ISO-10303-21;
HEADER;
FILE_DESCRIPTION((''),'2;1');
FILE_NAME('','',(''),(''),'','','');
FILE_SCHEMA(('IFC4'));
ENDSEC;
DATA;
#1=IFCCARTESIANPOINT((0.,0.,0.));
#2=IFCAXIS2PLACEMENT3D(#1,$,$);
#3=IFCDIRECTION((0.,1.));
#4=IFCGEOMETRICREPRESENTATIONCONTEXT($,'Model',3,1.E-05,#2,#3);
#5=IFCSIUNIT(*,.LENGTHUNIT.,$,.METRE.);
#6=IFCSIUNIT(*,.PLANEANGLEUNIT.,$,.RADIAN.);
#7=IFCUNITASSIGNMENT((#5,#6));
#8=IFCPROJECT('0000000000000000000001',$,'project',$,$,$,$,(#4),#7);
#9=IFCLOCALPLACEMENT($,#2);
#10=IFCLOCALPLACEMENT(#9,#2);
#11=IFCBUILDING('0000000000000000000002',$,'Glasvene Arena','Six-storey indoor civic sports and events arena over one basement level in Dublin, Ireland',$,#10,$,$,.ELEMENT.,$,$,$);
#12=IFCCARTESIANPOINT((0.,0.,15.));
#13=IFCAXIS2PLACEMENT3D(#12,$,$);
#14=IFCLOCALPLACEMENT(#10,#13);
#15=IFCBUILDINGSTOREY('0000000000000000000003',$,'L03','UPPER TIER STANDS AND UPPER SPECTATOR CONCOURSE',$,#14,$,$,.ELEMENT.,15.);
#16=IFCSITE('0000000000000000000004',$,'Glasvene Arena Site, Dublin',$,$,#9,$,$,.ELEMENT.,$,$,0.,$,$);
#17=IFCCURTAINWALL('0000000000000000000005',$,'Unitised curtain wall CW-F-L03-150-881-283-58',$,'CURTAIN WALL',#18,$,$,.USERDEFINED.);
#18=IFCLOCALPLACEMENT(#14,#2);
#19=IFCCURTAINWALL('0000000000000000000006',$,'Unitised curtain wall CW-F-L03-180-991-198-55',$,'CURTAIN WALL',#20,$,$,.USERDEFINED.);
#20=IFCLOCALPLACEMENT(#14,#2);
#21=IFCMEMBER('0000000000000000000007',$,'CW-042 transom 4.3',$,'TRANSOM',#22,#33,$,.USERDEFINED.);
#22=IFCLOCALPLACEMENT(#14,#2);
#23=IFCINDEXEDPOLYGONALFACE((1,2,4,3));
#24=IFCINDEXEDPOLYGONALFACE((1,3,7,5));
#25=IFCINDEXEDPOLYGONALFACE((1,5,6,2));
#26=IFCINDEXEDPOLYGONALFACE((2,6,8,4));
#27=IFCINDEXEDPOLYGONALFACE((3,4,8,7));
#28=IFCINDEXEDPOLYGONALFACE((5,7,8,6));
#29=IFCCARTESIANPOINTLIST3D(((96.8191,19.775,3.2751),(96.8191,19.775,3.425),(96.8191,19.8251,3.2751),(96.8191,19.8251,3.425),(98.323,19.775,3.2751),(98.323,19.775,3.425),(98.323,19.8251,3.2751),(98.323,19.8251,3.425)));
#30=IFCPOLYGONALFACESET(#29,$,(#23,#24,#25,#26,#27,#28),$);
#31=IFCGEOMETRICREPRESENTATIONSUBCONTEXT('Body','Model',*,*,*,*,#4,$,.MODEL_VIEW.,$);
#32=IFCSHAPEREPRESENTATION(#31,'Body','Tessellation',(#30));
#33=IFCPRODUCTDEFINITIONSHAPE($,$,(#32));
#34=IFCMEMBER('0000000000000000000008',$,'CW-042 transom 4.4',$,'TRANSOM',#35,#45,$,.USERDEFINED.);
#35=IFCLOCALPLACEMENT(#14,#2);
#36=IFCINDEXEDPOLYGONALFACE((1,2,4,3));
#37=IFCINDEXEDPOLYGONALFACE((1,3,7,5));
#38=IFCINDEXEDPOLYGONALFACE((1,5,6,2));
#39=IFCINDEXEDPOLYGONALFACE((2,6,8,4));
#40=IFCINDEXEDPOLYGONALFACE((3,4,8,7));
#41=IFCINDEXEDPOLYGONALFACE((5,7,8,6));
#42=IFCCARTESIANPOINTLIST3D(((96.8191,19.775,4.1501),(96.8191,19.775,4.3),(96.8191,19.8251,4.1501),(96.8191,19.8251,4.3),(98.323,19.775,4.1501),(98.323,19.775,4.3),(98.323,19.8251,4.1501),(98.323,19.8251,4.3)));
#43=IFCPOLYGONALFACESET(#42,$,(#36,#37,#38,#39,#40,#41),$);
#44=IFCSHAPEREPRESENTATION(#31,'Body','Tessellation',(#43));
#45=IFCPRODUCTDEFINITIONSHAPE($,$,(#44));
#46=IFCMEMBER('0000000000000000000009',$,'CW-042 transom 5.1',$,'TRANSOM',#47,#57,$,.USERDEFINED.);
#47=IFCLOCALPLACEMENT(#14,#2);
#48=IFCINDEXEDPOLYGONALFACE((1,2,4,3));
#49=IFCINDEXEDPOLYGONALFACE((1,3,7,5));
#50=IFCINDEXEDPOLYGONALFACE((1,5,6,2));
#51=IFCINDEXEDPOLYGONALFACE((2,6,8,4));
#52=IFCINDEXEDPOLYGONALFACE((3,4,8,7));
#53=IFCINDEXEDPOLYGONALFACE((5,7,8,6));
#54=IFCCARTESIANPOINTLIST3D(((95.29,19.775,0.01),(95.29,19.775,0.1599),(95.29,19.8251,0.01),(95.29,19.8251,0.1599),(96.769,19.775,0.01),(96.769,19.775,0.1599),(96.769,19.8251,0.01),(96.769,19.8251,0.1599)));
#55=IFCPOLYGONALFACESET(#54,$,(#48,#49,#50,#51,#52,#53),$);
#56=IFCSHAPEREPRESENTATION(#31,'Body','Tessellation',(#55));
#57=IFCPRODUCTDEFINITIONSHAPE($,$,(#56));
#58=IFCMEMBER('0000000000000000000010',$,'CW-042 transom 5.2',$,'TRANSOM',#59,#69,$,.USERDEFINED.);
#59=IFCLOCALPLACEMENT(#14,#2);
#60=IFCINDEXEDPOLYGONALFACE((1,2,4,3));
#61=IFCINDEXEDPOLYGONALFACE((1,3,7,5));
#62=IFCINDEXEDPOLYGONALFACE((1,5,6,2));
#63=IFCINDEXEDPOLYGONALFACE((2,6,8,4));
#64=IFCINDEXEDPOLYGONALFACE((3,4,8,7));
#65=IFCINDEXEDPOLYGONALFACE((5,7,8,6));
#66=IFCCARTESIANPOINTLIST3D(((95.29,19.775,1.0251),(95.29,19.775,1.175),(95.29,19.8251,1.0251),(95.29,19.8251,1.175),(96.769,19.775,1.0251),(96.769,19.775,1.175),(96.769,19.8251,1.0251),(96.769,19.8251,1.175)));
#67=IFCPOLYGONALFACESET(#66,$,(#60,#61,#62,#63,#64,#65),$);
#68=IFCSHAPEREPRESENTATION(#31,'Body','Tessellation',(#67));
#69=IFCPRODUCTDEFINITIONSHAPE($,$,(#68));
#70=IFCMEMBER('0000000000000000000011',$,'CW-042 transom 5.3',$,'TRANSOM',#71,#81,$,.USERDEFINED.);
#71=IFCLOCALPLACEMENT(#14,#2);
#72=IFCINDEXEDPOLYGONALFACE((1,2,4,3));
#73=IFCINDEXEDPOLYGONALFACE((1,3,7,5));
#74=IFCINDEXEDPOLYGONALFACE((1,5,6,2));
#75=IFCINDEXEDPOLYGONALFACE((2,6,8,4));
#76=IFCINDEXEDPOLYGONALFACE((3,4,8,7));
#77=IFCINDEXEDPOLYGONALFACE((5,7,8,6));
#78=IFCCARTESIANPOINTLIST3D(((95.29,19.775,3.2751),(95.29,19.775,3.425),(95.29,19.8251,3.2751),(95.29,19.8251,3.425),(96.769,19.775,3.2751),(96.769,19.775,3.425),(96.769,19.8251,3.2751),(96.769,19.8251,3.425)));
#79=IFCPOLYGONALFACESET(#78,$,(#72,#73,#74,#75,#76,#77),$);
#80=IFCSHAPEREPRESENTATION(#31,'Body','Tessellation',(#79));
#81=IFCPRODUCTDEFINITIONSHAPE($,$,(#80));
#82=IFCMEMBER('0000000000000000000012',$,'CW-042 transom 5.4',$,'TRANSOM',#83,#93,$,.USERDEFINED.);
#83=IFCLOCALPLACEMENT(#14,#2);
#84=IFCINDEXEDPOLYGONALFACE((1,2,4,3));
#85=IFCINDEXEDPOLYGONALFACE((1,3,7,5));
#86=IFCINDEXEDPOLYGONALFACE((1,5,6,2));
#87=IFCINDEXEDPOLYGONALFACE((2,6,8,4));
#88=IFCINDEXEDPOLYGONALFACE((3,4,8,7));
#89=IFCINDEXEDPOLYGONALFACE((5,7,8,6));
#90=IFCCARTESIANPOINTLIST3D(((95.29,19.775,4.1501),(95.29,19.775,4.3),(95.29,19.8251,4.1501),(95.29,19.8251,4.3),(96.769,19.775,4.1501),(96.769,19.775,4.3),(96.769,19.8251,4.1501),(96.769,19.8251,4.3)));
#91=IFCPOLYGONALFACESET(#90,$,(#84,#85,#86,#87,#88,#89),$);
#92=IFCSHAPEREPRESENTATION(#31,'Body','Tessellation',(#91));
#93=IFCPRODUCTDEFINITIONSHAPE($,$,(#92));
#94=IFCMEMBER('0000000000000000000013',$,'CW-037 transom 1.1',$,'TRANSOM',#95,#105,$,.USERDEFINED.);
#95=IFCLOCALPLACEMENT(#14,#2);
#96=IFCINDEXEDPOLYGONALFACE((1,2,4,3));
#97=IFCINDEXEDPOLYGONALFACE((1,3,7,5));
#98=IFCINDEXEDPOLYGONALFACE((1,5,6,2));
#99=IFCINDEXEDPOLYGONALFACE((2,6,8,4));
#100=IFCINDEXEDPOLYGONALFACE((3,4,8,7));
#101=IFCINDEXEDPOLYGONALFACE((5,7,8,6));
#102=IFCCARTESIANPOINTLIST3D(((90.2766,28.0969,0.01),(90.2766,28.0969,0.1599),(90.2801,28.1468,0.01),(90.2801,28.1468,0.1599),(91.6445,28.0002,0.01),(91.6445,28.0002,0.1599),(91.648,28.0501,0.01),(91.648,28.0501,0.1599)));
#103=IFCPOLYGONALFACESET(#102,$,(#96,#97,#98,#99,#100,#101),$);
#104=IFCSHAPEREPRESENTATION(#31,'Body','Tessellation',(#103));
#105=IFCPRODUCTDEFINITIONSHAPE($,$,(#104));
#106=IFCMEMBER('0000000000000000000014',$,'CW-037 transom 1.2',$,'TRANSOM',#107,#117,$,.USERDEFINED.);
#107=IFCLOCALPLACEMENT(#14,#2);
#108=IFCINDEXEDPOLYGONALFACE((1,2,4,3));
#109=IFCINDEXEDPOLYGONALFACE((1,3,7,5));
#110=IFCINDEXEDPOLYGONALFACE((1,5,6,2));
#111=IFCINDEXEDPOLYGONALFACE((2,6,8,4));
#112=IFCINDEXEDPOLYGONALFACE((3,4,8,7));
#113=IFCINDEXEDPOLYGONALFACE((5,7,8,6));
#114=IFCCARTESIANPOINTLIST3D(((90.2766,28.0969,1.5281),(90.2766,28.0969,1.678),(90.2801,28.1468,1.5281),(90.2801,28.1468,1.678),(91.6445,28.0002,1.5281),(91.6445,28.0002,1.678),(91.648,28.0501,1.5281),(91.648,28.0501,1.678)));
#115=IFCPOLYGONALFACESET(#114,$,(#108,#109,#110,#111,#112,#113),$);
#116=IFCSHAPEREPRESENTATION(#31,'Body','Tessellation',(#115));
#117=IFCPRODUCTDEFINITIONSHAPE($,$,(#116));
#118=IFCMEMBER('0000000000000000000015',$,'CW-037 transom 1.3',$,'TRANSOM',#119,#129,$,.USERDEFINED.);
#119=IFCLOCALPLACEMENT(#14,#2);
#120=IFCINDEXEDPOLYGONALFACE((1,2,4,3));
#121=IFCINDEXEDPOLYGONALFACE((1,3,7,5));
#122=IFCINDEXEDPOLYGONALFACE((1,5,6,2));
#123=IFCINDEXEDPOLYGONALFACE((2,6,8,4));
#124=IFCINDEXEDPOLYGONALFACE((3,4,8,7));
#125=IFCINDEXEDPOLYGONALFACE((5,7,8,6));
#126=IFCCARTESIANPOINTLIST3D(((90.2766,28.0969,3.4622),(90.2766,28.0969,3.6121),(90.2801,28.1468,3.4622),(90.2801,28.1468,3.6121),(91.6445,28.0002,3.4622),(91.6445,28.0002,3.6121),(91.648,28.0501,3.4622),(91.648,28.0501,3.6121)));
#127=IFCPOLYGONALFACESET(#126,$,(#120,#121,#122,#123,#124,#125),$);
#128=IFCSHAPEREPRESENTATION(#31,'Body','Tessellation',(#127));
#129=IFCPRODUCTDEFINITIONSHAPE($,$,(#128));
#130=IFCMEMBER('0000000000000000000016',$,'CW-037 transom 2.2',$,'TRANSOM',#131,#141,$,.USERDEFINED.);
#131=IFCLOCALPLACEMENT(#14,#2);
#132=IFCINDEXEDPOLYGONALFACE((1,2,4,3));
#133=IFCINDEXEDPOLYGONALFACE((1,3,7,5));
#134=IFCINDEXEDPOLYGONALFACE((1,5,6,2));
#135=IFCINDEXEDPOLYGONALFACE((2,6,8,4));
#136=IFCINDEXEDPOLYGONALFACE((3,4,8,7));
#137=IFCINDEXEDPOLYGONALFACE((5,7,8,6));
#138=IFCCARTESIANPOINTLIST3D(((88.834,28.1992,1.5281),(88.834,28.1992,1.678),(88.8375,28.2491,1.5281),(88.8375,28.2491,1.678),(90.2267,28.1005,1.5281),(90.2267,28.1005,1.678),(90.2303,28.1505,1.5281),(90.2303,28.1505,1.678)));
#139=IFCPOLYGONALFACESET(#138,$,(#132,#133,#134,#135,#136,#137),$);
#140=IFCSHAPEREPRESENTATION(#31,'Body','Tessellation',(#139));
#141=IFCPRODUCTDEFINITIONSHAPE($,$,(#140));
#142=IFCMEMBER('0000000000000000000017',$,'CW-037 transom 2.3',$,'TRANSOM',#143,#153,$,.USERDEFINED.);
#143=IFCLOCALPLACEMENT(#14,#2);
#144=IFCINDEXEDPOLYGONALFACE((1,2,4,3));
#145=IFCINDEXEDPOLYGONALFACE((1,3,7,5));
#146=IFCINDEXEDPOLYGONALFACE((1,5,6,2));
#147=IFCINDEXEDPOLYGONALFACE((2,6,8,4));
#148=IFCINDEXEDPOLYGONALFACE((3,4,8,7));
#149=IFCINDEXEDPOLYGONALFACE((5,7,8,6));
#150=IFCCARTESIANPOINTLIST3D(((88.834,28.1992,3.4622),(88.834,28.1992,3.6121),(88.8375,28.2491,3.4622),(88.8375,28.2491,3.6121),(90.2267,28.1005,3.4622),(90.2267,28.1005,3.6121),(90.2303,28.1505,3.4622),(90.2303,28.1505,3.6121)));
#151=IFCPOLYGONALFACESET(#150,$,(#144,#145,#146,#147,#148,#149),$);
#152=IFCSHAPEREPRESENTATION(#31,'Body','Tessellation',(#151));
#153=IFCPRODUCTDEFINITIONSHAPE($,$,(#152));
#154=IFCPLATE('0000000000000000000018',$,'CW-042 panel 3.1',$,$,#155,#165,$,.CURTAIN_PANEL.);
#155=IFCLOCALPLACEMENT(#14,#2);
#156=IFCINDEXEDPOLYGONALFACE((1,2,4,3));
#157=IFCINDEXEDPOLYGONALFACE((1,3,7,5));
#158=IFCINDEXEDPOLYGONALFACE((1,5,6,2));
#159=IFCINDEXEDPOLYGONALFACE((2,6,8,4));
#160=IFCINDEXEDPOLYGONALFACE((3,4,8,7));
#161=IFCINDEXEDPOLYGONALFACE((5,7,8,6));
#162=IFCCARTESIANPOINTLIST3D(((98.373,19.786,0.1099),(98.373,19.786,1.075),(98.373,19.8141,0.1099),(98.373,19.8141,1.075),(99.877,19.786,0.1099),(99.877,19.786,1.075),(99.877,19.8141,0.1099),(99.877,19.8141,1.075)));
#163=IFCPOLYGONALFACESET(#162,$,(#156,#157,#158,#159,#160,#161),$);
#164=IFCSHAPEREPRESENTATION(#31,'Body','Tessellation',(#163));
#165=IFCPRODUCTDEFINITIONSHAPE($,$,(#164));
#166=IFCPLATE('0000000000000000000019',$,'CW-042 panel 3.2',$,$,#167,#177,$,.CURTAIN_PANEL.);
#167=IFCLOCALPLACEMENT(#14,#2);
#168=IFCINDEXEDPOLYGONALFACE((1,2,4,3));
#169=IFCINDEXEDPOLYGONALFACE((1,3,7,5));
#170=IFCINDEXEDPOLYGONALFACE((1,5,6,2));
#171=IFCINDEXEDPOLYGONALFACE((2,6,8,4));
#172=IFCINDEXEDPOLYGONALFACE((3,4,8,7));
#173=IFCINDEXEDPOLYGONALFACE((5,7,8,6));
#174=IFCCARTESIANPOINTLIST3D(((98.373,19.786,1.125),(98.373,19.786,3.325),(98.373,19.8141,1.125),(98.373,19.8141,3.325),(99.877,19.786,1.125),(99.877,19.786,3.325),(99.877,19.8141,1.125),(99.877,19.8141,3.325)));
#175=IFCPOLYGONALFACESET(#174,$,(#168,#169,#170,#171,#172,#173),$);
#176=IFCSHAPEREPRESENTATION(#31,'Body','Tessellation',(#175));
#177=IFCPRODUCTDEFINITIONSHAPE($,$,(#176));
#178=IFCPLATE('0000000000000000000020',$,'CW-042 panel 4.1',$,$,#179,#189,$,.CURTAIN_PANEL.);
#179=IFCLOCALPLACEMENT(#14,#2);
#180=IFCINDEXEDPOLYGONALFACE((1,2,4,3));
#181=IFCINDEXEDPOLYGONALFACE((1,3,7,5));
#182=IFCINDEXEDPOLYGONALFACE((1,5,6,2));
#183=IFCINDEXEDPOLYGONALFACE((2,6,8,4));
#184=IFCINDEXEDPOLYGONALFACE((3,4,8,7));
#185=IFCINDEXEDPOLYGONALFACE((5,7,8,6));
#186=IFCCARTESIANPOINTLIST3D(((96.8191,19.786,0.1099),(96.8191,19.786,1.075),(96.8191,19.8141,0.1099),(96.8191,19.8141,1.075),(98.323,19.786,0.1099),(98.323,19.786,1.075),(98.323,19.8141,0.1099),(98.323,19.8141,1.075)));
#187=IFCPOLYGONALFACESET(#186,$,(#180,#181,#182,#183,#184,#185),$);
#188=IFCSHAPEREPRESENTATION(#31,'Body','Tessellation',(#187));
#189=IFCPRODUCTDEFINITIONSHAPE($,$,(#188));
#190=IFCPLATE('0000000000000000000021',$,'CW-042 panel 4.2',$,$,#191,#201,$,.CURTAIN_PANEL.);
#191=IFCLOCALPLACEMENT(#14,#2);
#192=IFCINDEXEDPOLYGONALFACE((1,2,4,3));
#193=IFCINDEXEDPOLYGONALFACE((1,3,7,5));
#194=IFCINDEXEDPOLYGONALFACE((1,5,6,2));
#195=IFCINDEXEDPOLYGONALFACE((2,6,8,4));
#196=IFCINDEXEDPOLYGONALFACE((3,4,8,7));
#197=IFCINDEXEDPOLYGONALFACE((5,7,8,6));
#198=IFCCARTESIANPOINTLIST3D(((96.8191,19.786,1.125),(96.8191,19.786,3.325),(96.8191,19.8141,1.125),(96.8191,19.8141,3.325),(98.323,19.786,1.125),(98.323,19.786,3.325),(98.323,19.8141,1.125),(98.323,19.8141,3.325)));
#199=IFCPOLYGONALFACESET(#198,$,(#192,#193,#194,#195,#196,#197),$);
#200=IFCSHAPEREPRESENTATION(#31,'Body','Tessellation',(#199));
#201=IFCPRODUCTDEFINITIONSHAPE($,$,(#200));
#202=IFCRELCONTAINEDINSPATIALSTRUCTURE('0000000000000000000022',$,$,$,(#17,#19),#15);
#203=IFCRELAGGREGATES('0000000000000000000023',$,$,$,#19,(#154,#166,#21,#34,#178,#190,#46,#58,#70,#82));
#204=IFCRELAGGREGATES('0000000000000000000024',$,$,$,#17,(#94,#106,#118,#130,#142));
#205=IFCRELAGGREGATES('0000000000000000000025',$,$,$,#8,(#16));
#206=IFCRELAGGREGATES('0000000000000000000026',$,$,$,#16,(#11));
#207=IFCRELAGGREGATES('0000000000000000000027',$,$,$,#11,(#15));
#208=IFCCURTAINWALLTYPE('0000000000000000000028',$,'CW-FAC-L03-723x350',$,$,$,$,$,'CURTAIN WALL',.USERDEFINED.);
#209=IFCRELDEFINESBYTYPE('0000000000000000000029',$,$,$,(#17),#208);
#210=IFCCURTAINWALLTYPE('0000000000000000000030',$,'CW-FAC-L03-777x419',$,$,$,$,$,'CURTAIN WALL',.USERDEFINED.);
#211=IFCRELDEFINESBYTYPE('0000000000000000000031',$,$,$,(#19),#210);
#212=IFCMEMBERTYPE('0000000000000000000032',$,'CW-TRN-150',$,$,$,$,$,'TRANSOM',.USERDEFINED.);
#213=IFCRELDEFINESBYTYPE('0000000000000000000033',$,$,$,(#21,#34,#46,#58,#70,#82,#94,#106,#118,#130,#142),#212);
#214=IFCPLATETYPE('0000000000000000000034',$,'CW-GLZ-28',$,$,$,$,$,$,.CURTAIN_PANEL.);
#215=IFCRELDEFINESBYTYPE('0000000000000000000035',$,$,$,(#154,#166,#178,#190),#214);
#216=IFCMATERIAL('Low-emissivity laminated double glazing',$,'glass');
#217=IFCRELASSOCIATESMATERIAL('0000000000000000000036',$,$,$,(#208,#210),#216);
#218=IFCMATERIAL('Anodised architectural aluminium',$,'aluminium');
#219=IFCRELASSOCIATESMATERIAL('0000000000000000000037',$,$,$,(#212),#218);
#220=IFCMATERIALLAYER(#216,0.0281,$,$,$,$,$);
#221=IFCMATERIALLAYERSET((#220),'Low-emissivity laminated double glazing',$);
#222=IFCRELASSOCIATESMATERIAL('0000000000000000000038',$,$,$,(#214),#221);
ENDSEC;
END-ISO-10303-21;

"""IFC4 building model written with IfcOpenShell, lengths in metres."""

from ifc_helpers import new_model, si_unit, direction, frame, origin, origin_2d, place, context, subcontext, project, spatial, rectangle, extrude, material, layer, layer_set, material_profile, profile_set, type_object, element, aggregate, save


model = new_model("IFC4")

# Units and contexts
model_context = context("Model", 3, precision=1e-05, world=origin(), true_north=direction((0.0, 1.0)))
body_context = subcontext(model_context, "Body", "Model", "MODEL_VIEW")
ifc_project = project(units=[si_unit("LENGTHUNIT", "METRE"), si_unit("PLANEANGLEUNIT", "RADIAN")], contexts=[model_context])

# Site, building, storey
site_placement = place(None, origin())
site = spatial("IfcSite", under=ifc_project, at=site_placement, Name="Glasvene Arena Site, Dublin", CompositionType="ELEMENT", RefElevation=0.0)
building_placement = place(site_placement, origin())
building = spatial("IfcBuilding", under=site, at=building_placement, Name="Glasvene Arena", Description="Six-storey indoor civic sports and events arena over one basement level in Dublin, Ireland", CompositionType="ELEMENT")
storey_placement = place(building_placement, frame((0.0, 0.0, 15.0)))
storey = spatial("IfcBuildingStorey", under=building, at=storey_placement, Name="L03", Description="UPPER TIER STANDS AND UPPER SPECTATOR CONCOURSE", CompositionType="ELEMENT", Elevation=15.0)

# Curtain walls, members
ifc_material_1 = material(Name="Low-emissivity laminated double glazing", Category="glass")
curtain_wall_type_1 = type_object("IfcCurtainWallType", Name="CW-FAC-L03-723x350", ElementType="CURTAIN WALL", PredefinedType="USERDEFINED", material=ifc_material_1)
curtain_wall_1_placement = place(storey_placement, frame((91.696, 28.0215, 0.0)))
curtain_wall_1 = element("IfcCurtainWall", 1, at=curtain_wall_1_placement, inside=storey, type_object=curtain_wall_type_1, Name="Unitised curtain wall CW-F-L03-150-881-283-58", ObjectType="CURTAIN WALL", PredefinedType="USERDEFINED")
ifc_material_2 = material(Name="Anodised architectural aluminium", Category="aluminium")
curtain_wall_type_2 = type_object("IfcCurtainWallType", Name="CW-FAC-L03-777x419", ElementType="CURTAIN WALL", PredefinedType="USERDEFINED", material=ifc_material_1)
curtain_wall_2_placement = place(storey_placement, frame((103.01, 19.8, 0.0)))
curtain_wall_2 = element("IfcCurtainWall", 2, at=curtain_wall_2_placement, inside=storey, type_object=curtain_wall_type_2, Name="Unitised curtain wall CW-F-L03-180-991-198-55", ObjectType="CURTAIN WALL", PredefinedType="USERDEFINED")
ifc_material_profile_1 = material_profile(ifc_material_2, rectangle(XDim=0.05, YDim=0.1499, at=origin_2d()), Name="ALU TRANSOM 50x150")
ifc_profile_set_1 = profile_set([ifc_material_profile_1], Name="Anodised architectural aluminium")
member_type_1 = type_object("IfcMemberType", Name="CW-TRN-150", ElementType="TRANSOM", PredefinedType="USERDEFINED", material=ifc_profile_set_1)
member_1_placement = place(storey_placement, frame((98.323, 19.8, 3.3501), z_axis=(-1.0, 0.0, 0.0), x_axis=(0.0, -1.0, 0.0)))
member_1 = element("IfcMember", 3, at=member_1_placement, type_object=member_type_1, Name="CW-042 transom 4.3", ObjectType="TRANSOM", PredefinedType="USERDEFINED", context=body_context, shape_type="SweptSolid", body=[
    extrude(rectangle(XDim=0.05, YDim=0.1499, at=origin_2d()), origin(), (0.0, 0.0, 1.0), 1.5039),
])
member_2_placement = place(storey_placement, frame((98.323, 19.8, 4.2251), z_axis=(-1.0, 0.0, 0.0), x_axis=(0.0, -1.0, 0.0)))
member_2 = element("IfcMember", 4, at=member_2_placement, type_object=member_type_1, Name="CW-042 transom 4.4", ObjectType="TRANSOM", PredefinedType="USERDEFINED", context=body_context, shape_type="SweptSolid", body=[
    extrude(rectangle(XDim=0.05, YDim=0.1499, at=origin_2d()), origin(), (0.0, 0.0, 1.0), 1.5039),
])
member_3_placement = place(storey_placement, frame((96.769, 19.8, 0.085), z_axis=(-1.0, 0.0, 0.0), x_axis=(0.0, -1.0, 0.0)))
member_3 = element("IfcMember", 5, at=member_3_placement, type_object=member_type_1, Name="CW-042 transom 5.1", ObjectType="TRANSOM", PredefinedType="USERDEFINED", context=body_context, shape_type="SweptSolid", body=[
    extrude(rectangle(XDim=0.05, YDim=0.1499, at=origin_2d()), origin(), (0.0, 0.0, 1.0), 1.479),
])
member_4_placement = place(storey_placement, frame((96.769, 19.8, 1.1001), z_axis=(-1.0, 0.0, 0.0), x_axis=(0.0, -1.0, 0.0)))
member_4 = element("IfcMember", 6, at=member_4_placement, type_object=member_type_1, Name="CW-042 transom 5.2", ObjectType="TRANSOM", PredefinedType="USERDEFINED", context=body_context, shape_type="SweptSolid", body=[
    extrude(rectangle(XDim=0.05, YDim=0.1499, at=origin_2d()), origin(), (0.0, 0.0, 1.0), 1.479),
])
member_5_placement = place(storey_placement, frame((96.769, 19.8, 3.3501), z_axis=(-1.0, 0.0, 0.0), x_axis=(0.0, -1.0, 0.0)))
member_5 = element("IfcMember", 7, at=member_5_placement, type_object=member_type_1, Name="CW-042 transom 5.3", ObjectType="TRANSOM", PredefinedType="USERDEFINED", context=body_context, shape_type="SweptSolid", body=[
    extrude(rectangle(XDim=0.05, YDim=0.1499, at=origin_2d()), origin(), (0.0, 0.0, 1.0), 1.479),
])
member_6_placement = place(storey_placement, frame((96.769, 19.8, 4.2251), z_axis=(-1.0, 0.0, 0.0), x_axis=(0.0, -1.0, 0.0)))
member_6 = element("IfcMember", 8, at=member_6_placement, type_object=member_type_1, Name="CW-042 transom 5.4", ObjectType="TRANSOM", PredefinedType="USERDEFINED", context=body_context, shape_type="SweptSolid", body=[
    extrude(rectangle(XDim=0.05, YDim=0.1499, at=origin_2d()), origin(), (0.0, 0.0, 1.0), 1.479),
])

# Members
member_7_placement = place(storey_placement, frame((91.6462, 28.0251, 0.085), z_axis=(-0.997512, 0.070501, 0.0), x_axis=(-0.070501, -0.997512, 0.0)))
member_7 = element("IfcMember", 9, at=member_7_placement, type_object=member_type_1, Name="CW-037 transom 1.1", ObjectType="TRANSOM", PredefinedType="USERDEFINED", context=body_context, shape_type="SweptSolid", body=[
    extrude(rectangle(XDim=0.05, YDim=0.1499, at=origin_2d()), origin(), (0.0, 0.0, 1.0), 1.3713),
])
member_8_placement = place(storey_placement, frame((91.6462, 28.0251, 1.603), z_axis=(-0.997512, 0.070501, 0.0), x_axis=(-0.070501, -0.997512, 0.0)))
member_8 = element("IfcMember", 10, at=member_8_placement, type_object=member_type_1, Name="CW-037 transom 1.2", ObjectType="TRANSOM", PredefinedType="USERDEFINED", context=body_context, shape_type="SweptSolid", body=[
    extrude(rectangle(XDim=0.05, YDim=0.1499, at=origin_2d()), origin(), (0.0, 0.0, 1.0), 1.3713),
])
member_9_placement = place(storey_placement, frame((91.6462, 28.0251, 3.5371), z_axis=(-0.997512, 0.070501, 0.0), x_axis=(-0.070501, -0.997512, 0.0)))
member_9 = element("IfcMember", 11, at=member_9_placement, type_object=member_type_1, Name="CW-037 transom 1.3", ObjectType="TRANSOM", PredefinedType="USERDEFINED", context=body_context, shape_type="SweptSolid", body=[
    extrude(rectangle(XDim=0.05, YDim=0.1499, at=origin_2d()), origin(), (0.0, 0.0, 1.0), 1.3713),
])
member_10_placement = place(storey_placement, frame((90.2285, 28.1255, 1.603), z_axis=(-0.997502, 0.070638, 0.0), x_axis=(-0.070638, -0.997502, 0.0)))
member_10 = element("IfcMember", 12, at=member_10_placement, type_object=member_type_1, Name="CW-037 transom 2.2", ObjectType="TRANSOM", PredefinedType="USERDEFINED", context=body_context, shape_type="SweptSolid", body=[
    extrude(rectangle(XDim=0.05, YDim=0.1499, at=origin_2d()), origin(), (0.0, 0.0, 1.0), 1.3962),
])
member_11_placement = place(storey_placement, frame((90.2285, 28.1255, 3.5371), z_axis=(-0.997502, 0.070638, 0.0), x_axis=(-0.070638, -0.997502, 0.0)))
member_11 = element("IfcMember", 13, at=member_11_placement, type_object=member_type_1, Name="CW-037 transom 2.3", ObjectType="TRANSOM", PredefinedType="USERDEFINED", context=body_context, shape_type="SweptSolid", body=[
    extrude(rectangle(XDim=0.05, YDim=0.1499, at=origin_2d()), origin(), (0.0, 0.0, 1.0), 1.3962),
])

# Plates
ifc_layer_1 = layer(ifc_material_1, 0.0281)
ifc_layer_set_1 = layer_set([ifc_layer_1], Name="Low-emissivity laminated double glazing")
plate_type = type_object("IfcPlateType", Name="CW-GLZ-28", PredefinedType="CURTAIN_PANEL", material=ifc_layer_set_1)
plate_1_placement = place(storey_placement, frame((99.125, 19.8, 0.1099), z_axis=(0.0, 0.0, 1.0), x_axis=(-1.0, 0.0, 0.0)))
plate_1 = element("IfcPlate", 14, at=plate_1_placement, type_object=plate_type, Name="CW-042 panel 3.1", PredefinedType="CURTAIN_PANEL", context=body_context, shape_type="SweptSolid", body=[
    extrude(rectangle(XDim=1.5039, YDim=0.0281, at=origin_2d()), origin(), (0.0, 0.0, 1.0), 0.9651),
])
plate_2_placement = place(storey_placement, frame((99.125, 19.8, 1.125), z_axis=(0.0, 0.0, 1.0), x_axis=(-1.0, 0.0, 0.0)))
plate_2 = element("IfcPlate", 15, at=plate_2_placement, type_object=plate_type, Name="CW-042 panel 3.2", PredefinedType="CURTAIN_PANEL", context=body_context, shape_type="SweptSolid", body=[
    extrude(rectangle(XDim=1.5039, YDim=0.0281, at=origin_2d()), origin(), (0.0, 0.0, 1.0), 2.2),
])
plate_3_placement = place(storey_placement, frame((97.571, 19.8, 0.1099), z_axis=(0.0, 0.0, 1.0), x_axis=(-1.0, 0.0, 0.0)))
plate_3 = element("IfcPlate", 16, at=plate_3_placement, type_object=plate_type, Name="CW-042 panel 4.1", PredefinedType="CURTAIN_PANEL", context=body_context, shape_type="SweptSolid", body=[
    extrude(rectangle(XDim=1.5039, YDim=0.0281, at=origin_2d()), origin(), (0.0, 0.0, 1.0), 0.9651),
])
plate_4_placement = place(storey_placement, frame((97.571, 19.8, 1.125), z_axis=(0.0, 0.0, 1.0), x_axis=(-1.0, 0.0, 0.0)))
plate_4 = element("IfcPlate", 17, at=plate_4_placement, type_object=plate_type, Name="CW-042 panel 4.2", PredefinedType="CURTAIN_PANEL", context=body_context, shape_type="SweptSolid", body=[
    extrude(rectangle(XDim=1.5039, YDim=0.0281, at=origin_2d()), origin(), (0.0, 0.0, 1.0), 2.2),
])
aggregate(curtain_wall_2, [plate_1, plate_2, member_1, member_2, plate_3, plate_4, member_3, member_4, member_5, member_6])
aggregate(curtain_wall_1, [member_7, member_8, member_9, member_10, member_11])

save(model, "model.ifc")
